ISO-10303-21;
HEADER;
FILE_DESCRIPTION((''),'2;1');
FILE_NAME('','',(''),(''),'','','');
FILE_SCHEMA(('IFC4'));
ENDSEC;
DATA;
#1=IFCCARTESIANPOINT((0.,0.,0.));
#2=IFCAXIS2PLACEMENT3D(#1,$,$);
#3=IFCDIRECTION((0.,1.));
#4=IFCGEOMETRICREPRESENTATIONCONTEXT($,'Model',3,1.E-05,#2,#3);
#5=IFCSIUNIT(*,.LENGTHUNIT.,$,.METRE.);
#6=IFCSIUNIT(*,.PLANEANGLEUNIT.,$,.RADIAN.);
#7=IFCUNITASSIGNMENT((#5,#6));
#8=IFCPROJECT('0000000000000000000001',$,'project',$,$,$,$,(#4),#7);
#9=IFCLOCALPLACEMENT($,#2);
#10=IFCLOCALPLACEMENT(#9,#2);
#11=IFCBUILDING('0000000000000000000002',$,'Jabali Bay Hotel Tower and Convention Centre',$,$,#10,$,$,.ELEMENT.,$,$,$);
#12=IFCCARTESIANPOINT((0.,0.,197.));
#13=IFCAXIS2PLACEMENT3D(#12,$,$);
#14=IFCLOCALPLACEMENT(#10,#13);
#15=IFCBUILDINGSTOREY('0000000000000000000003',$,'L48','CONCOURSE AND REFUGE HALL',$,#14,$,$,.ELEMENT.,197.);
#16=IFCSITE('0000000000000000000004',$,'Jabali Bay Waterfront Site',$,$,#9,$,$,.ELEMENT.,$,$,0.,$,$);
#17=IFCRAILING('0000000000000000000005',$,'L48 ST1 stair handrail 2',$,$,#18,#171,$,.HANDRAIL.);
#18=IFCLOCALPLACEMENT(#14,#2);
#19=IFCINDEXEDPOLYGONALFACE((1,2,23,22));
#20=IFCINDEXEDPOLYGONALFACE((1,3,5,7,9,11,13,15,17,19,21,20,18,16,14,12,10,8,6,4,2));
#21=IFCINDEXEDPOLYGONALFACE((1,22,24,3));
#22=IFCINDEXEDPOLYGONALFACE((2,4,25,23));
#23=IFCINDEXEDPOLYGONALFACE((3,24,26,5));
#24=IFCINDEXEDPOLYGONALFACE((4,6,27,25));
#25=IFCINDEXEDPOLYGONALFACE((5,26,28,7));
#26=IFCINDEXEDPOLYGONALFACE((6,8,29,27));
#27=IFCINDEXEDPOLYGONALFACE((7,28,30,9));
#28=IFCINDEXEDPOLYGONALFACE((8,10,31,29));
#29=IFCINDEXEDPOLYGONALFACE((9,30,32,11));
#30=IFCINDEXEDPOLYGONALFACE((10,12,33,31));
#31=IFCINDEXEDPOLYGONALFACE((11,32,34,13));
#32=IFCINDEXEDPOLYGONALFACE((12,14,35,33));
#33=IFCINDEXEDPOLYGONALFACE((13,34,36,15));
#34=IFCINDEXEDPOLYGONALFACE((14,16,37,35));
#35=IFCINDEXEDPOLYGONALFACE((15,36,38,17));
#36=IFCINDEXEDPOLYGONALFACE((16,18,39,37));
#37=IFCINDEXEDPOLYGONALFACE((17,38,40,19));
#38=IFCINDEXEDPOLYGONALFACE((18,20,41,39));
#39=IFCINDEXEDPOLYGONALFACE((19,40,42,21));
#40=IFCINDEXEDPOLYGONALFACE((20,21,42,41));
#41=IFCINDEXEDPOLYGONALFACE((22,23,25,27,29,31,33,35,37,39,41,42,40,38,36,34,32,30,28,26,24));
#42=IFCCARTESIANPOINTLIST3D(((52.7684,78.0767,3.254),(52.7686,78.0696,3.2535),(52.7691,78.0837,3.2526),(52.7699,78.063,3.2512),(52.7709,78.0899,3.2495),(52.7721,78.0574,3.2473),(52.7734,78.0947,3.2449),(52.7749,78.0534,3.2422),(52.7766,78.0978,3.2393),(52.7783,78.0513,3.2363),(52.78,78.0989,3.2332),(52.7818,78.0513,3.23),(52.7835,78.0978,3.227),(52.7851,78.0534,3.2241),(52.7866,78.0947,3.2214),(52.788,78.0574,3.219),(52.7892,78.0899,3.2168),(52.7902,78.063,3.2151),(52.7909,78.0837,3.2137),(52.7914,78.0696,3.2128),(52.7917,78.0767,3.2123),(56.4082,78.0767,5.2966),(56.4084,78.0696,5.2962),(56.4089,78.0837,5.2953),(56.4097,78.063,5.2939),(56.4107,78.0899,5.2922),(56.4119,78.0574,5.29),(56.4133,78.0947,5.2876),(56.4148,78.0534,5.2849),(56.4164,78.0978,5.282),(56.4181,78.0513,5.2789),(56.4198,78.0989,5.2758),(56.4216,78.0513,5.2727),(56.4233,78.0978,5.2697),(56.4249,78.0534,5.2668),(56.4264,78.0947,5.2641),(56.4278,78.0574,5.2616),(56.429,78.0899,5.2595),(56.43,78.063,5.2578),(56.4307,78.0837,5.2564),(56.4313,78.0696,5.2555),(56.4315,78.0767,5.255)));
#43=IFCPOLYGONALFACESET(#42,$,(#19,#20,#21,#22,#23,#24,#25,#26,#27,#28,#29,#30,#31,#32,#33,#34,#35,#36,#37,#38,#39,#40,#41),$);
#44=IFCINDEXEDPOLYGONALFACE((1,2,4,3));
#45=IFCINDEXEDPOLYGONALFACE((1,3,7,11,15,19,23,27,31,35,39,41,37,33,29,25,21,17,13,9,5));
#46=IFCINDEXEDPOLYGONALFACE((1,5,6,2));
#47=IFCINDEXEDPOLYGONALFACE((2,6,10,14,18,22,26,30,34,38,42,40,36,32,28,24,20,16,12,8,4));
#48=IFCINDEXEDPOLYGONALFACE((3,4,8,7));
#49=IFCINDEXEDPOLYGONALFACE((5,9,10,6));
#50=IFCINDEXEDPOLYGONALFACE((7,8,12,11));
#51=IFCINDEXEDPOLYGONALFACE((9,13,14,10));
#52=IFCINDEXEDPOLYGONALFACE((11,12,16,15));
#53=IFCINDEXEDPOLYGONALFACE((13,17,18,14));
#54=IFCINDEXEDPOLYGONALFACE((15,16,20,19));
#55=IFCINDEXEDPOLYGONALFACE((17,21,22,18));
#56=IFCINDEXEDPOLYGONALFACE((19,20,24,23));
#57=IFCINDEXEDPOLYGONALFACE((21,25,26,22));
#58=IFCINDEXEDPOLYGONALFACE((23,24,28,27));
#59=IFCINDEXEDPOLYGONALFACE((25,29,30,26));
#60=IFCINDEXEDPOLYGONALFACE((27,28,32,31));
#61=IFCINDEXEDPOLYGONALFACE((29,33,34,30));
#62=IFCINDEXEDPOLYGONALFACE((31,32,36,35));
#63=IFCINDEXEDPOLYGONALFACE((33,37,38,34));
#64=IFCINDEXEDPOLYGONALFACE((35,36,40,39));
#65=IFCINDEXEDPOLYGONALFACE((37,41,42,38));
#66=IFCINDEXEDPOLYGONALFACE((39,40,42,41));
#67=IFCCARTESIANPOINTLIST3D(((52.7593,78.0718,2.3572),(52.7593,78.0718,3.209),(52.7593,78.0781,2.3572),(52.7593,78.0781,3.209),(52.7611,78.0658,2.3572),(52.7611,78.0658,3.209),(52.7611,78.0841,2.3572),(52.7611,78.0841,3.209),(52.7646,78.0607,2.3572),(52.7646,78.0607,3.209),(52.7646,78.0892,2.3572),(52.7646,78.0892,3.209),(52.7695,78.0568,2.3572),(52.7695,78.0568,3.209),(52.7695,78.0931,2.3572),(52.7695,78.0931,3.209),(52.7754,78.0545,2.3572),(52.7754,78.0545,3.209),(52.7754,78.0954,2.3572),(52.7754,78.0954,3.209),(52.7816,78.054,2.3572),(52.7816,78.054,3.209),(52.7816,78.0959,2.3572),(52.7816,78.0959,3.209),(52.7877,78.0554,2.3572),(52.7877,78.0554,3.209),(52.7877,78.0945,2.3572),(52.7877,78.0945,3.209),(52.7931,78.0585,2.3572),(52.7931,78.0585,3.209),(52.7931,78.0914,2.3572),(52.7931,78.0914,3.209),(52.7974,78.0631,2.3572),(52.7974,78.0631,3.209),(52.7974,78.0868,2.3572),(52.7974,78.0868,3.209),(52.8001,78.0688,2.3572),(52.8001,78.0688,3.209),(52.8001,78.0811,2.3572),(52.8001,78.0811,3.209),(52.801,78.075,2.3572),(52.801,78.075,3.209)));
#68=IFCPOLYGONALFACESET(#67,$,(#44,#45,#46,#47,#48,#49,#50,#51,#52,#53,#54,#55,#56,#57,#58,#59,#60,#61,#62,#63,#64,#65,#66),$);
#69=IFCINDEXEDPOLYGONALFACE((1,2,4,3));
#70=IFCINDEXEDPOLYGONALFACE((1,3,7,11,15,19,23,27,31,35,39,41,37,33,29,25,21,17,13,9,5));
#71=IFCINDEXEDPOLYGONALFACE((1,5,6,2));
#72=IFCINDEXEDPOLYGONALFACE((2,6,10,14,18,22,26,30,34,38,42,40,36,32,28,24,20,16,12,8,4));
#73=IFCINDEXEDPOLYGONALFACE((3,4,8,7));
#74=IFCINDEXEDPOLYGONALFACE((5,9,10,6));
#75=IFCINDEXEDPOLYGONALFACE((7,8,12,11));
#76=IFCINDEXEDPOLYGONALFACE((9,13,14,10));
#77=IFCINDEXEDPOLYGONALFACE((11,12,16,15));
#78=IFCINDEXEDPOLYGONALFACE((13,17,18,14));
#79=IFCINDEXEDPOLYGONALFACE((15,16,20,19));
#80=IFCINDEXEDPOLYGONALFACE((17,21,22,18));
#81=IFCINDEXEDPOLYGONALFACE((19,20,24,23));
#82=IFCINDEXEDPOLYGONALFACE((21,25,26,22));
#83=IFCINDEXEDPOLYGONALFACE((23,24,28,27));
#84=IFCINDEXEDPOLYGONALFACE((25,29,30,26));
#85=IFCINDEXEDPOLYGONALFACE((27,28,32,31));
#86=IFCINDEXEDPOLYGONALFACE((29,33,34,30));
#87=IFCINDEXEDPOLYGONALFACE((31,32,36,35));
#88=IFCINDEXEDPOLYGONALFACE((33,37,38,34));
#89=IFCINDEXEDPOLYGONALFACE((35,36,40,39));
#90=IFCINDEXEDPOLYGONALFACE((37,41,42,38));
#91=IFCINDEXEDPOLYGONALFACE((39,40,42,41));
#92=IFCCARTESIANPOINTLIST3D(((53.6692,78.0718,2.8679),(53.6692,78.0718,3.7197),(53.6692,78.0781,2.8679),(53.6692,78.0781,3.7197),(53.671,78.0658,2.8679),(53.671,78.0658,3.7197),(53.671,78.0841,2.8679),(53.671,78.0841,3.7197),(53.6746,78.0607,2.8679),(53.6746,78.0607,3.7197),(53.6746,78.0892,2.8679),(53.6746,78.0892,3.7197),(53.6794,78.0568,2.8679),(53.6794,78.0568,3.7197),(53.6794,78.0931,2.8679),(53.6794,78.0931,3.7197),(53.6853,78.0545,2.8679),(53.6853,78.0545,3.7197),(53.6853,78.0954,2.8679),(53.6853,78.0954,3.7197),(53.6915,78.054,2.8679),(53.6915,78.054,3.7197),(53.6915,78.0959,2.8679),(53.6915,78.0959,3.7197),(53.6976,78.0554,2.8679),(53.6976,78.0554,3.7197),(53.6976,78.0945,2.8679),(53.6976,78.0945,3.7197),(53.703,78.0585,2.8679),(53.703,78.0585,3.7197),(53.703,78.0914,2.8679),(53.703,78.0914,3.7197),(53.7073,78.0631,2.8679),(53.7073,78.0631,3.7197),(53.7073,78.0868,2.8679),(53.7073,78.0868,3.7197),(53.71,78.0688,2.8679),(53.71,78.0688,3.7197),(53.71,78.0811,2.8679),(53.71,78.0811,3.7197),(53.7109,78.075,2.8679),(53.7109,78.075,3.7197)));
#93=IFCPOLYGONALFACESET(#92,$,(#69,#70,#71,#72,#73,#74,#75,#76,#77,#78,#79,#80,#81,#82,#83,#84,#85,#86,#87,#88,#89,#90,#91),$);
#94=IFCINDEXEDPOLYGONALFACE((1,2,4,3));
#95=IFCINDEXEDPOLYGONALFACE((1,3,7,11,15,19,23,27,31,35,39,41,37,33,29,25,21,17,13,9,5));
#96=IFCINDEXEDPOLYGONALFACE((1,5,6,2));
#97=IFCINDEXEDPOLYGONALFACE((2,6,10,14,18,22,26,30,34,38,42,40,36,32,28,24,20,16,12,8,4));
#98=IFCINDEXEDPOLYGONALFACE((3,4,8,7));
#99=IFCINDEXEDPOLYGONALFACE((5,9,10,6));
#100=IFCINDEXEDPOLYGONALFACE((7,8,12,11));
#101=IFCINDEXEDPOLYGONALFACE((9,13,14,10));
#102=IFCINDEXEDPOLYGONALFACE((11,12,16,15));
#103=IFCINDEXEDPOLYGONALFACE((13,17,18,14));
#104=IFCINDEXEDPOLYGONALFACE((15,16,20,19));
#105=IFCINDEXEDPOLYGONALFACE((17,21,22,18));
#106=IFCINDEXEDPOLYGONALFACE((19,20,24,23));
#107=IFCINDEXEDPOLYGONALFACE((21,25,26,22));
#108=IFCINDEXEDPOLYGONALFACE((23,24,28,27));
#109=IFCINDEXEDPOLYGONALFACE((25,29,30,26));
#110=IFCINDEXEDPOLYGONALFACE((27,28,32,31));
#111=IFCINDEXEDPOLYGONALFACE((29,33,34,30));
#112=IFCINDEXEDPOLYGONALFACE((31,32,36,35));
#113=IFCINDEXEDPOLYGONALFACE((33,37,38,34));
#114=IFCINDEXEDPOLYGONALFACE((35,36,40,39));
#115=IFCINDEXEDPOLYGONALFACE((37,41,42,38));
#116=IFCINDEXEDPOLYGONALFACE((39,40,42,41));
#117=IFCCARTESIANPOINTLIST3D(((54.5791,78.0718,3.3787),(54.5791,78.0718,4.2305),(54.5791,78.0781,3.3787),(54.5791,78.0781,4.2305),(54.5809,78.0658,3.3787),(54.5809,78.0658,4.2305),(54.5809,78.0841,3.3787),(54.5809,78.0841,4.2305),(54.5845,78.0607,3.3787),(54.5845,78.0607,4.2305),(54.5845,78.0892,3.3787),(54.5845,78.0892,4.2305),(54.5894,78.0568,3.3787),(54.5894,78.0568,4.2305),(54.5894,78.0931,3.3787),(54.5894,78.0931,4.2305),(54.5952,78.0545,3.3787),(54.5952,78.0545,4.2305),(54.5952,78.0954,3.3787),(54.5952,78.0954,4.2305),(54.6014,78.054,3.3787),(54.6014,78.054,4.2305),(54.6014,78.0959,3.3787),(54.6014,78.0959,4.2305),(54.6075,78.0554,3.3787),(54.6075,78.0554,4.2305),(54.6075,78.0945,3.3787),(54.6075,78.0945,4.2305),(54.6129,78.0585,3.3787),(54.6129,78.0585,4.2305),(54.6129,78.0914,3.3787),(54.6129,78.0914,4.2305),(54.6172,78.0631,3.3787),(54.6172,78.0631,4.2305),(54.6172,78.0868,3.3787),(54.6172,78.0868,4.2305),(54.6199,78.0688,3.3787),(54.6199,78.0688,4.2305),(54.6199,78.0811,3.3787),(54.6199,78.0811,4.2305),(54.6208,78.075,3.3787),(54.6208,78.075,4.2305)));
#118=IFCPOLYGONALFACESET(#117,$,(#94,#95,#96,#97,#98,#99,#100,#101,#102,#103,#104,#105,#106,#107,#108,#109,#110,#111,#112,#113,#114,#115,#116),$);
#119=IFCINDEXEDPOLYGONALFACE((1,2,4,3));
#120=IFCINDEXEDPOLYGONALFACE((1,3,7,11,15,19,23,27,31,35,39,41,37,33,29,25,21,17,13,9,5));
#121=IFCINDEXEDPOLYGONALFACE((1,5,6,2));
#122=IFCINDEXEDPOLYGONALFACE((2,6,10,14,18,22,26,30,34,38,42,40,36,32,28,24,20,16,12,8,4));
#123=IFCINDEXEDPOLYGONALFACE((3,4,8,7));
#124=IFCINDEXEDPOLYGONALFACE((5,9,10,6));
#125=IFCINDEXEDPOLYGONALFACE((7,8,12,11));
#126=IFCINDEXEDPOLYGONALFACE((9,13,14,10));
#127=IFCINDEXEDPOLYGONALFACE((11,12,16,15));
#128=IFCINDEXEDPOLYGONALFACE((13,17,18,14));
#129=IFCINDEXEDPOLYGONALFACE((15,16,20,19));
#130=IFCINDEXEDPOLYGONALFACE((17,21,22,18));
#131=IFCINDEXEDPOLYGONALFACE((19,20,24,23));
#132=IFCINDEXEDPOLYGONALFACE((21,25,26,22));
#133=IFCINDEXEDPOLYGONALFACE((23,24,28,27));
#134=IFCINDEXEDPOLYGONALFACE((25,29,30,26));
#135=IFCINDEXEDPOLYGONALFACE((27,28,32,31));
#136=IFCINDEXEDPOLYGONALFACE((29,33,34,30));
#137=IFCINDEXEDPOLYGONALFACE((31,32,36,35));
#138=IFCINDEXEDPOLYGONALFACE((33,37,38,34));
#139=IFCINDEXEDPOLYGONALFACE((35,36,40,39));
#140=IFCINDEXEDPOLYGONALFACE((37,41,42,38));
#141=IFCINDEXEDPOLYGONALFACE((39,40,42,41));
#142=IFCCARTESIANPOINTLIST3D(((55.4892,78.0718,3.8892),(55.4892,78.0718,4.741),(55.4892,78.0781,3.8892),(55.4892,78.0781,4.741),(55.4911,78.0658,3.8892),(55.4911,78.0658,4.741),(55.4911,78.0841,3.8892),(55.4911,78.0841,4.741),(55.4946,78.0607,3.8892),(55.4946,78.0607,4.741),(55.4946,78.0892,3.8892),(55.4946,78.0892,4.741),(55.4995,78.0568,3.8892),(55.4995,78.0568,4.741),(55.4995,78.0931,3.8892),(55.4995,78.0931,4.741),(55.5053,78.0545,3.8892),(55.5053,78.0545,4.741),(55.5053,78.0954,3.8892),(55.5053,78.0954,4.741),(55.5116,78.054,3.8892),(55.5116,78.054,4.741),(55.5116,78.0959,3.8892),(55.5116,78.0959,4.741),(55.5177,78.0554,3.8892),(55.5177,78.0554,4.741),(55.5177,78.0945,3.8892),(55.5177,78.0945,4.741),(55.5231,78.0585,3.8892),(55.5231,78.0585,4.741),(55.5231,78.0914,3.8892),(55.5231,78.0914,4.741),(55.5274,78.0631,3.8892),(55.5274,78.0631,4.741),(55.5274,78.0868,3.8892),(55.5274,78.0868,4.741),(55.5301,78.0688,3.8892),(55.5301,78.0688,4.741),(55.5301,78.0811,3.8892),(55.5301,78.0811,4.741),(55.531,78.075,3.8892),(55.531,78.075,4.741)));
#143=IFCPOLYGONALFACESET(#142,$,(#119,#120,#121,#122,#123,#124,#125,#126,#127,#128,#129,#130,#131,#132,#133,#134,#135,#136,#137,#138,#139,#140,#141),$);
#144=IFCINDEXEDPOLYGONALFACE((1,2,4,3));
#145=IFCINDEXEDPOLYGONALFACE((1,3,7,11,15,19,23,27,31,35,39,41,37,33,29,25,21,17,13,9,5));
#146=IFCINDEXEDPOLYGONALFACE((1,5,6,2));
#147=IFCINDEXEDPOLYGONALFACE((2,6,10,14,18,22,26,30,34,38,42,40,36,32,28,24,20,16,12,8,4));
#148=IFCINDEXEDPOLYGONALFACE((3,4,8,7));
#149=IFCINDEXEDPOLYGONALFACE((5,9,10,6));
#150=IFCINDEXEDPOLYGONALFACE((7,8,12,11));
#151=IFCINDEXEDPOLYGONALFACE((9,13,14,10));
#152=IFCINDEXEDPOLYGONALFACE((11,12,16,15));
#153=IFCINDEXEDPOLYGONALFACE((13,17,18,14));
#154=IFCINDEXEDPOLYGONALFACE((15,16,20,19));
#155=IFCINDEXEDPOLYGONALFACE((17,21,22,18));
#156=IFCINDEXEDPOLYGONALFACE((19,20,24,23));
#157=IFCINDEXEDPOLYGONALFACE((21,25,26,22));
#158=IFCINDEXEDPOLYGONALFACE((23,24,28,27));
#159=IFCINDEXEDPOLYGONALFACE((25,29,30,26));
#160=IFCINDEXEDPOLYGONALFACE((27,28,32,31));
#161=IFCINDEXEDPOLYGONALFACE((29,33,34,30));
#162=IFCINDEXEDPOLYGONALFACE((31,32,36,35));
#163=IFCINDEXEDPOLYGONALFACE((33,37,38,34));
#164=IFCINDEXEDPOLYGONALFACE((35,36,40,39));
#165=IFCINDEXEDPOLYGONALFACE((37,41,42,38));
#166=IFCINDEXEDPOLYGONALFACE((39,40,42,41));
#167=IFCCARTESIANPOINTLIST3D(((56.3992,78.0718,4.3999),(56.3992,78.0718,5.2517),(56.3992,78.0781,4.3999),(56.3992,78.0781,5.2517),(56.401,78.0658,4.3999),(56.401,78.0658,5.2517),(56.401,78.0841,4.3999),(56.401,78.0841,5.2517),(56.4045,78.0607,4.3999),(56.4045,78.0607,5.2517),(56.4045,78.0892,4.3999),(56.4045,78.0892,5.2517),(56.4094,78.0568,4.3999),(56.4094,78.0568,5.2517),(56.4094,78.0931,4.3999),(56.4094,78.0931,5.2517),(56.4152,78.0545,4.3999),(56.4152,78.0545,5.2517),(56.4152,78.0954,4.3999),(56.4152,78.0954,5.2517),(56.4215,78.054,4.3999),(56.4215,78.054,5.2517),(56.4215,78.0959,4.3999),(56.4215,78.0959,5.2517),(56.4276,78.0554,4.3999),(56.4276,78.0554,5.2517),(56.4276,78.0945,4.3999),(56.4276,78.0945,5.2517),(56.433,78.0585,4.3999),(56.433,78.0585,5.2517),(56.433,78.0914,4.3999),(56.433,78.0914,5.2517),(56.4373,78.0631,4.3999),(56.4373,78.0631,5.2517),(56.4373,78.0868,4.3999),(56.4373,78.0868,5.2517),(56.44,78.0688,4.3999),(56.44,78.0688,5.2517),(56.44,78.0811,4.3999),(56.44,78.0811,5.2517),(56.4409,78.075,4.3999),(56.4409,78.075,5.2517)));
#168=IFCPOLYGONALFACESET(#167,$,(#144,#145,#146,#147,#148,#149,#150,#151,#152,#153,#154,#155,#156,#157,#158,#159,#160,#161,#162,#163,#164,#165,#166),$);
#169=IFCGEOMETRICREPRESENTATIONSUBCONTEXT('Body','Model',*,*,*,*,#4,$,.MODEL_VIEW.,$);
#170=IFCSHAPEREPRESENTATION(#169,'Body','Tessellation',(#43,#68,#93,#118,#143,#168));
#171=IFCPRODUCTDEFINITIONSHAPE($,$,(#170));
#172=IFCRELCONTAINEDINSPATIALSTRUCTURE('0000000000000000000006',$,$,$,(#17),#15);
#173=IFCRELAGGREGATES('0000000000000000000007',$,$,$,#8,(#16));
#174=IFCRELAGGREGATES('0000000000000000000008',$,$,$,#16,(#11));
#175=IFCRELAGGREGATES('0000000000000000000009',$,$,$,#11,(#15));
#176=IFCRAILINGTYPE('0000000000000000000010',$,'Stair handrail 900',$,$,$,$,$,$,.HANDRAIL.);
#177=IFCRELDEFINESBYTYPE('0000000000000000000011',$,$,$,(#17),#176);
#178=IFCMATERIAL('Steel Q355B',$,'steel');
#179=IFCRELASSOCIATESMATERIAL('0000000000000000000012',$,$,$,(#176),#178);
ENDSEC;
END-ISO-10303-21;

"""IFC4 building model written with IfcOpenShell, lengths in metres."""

from ifc_helpers import new_model, si_unit, direction, frame, origin, origin_2d, place, context, subcontext, project, spatial, circle, extrude, material, type_object, element, save


model = new_model("IFC4")

# Units and contexts
model_context = context("Model", 3, precision=1e-05, world=origin(), true_north=direction((0.0, 1.0)))
body_context = subcontext(model_context, "Body", "Model", "MODEL_VIEW")
ifc_project = project(units=[si_unit("LENGTHUNIT", "METRE"), si_unit("PLANEANGLEUNIT", "RADIAN")], contexts=[model_context])

# Site, building, storey
site_placement = place(None, origin())
site = spatial("IfcSite", under=ifc_project, at=site_placement, Name="Jabali Bay Waterfront Site", CompositionType="ELEMENT", RefElevation=0.0)
building_placement = place(site_placement, origin())
building = spatial("IfcBuilding", under=site, at=building_placement, Name="Jabali Bay Hotel Tower and Convention Centre", CompositionType="ELEMENT")
storey_placement = place(building_placement, frame((0.0, 0.0, 197.0)))
storey = spatial("IfcBuildingStorey", under=building, at=storey_placement, Name="L48", Description="CONCOURSE AND REFUGE HALL", CompositionType="ELEMENT", Elevation=197.0)

# Railing
ifc_material_1 = material(Name="Steel Q355B", Category="steel")
railing_type = type_object("IfcRailingType", Name="Stair handrail 900", PredefinedType="HANDRAIL", material=ifc_material_1)
railing_placement = place(storey_placement, frame((52.78, 78.075, 2.3572)))
element("IfcRailing", 1, at=railing_placement, inside=storey, type_object=railing_type, Name="L48 ST1 stair handrail 2", PredefinedType="HANDRAIL", context=body_context, shape_type="SweptSolid", body=[
    extrude(circle(Radius=0.0239, at=origin_2d()), frame((0.0, 0.0, 0.876), z_axis=(0.872058, 0.0, 0.489403), x_axis=(0.0, 1.0, 0.0)), (0.0, 0.0, 1.0), 4.1738),
    extrude(circle(Radius=0.021, at=origin_2d()), origin(), (0.0, 0.0, 1.0), 0.8518),
    extrude(circle(Radius=0.021, at=origin_2d()), frame((0.9099, 0.0, 0.5107)), (0.0, 0.0, 1.0), 0.8518),
    extrude(circle(Radius=0.021, at=origin_2d()), frame((1.8198, 0.0, 1.0215)), (0.0, 0.0, 1.0), 0.8518),
    extrude(circle(Radius=0.021, at=origin_2d()), frame((2.73, 0.0, 1.532)), (0.0, 0.0, 1.0), 0.8518),
    extrude(circle(Radius=0.021, at=origin_2d()), frame((3.6399, 0.0, 2.0427)), (0.0, 0.0, 1.0), 0.8518),
])

save(model, "model.ifc")
